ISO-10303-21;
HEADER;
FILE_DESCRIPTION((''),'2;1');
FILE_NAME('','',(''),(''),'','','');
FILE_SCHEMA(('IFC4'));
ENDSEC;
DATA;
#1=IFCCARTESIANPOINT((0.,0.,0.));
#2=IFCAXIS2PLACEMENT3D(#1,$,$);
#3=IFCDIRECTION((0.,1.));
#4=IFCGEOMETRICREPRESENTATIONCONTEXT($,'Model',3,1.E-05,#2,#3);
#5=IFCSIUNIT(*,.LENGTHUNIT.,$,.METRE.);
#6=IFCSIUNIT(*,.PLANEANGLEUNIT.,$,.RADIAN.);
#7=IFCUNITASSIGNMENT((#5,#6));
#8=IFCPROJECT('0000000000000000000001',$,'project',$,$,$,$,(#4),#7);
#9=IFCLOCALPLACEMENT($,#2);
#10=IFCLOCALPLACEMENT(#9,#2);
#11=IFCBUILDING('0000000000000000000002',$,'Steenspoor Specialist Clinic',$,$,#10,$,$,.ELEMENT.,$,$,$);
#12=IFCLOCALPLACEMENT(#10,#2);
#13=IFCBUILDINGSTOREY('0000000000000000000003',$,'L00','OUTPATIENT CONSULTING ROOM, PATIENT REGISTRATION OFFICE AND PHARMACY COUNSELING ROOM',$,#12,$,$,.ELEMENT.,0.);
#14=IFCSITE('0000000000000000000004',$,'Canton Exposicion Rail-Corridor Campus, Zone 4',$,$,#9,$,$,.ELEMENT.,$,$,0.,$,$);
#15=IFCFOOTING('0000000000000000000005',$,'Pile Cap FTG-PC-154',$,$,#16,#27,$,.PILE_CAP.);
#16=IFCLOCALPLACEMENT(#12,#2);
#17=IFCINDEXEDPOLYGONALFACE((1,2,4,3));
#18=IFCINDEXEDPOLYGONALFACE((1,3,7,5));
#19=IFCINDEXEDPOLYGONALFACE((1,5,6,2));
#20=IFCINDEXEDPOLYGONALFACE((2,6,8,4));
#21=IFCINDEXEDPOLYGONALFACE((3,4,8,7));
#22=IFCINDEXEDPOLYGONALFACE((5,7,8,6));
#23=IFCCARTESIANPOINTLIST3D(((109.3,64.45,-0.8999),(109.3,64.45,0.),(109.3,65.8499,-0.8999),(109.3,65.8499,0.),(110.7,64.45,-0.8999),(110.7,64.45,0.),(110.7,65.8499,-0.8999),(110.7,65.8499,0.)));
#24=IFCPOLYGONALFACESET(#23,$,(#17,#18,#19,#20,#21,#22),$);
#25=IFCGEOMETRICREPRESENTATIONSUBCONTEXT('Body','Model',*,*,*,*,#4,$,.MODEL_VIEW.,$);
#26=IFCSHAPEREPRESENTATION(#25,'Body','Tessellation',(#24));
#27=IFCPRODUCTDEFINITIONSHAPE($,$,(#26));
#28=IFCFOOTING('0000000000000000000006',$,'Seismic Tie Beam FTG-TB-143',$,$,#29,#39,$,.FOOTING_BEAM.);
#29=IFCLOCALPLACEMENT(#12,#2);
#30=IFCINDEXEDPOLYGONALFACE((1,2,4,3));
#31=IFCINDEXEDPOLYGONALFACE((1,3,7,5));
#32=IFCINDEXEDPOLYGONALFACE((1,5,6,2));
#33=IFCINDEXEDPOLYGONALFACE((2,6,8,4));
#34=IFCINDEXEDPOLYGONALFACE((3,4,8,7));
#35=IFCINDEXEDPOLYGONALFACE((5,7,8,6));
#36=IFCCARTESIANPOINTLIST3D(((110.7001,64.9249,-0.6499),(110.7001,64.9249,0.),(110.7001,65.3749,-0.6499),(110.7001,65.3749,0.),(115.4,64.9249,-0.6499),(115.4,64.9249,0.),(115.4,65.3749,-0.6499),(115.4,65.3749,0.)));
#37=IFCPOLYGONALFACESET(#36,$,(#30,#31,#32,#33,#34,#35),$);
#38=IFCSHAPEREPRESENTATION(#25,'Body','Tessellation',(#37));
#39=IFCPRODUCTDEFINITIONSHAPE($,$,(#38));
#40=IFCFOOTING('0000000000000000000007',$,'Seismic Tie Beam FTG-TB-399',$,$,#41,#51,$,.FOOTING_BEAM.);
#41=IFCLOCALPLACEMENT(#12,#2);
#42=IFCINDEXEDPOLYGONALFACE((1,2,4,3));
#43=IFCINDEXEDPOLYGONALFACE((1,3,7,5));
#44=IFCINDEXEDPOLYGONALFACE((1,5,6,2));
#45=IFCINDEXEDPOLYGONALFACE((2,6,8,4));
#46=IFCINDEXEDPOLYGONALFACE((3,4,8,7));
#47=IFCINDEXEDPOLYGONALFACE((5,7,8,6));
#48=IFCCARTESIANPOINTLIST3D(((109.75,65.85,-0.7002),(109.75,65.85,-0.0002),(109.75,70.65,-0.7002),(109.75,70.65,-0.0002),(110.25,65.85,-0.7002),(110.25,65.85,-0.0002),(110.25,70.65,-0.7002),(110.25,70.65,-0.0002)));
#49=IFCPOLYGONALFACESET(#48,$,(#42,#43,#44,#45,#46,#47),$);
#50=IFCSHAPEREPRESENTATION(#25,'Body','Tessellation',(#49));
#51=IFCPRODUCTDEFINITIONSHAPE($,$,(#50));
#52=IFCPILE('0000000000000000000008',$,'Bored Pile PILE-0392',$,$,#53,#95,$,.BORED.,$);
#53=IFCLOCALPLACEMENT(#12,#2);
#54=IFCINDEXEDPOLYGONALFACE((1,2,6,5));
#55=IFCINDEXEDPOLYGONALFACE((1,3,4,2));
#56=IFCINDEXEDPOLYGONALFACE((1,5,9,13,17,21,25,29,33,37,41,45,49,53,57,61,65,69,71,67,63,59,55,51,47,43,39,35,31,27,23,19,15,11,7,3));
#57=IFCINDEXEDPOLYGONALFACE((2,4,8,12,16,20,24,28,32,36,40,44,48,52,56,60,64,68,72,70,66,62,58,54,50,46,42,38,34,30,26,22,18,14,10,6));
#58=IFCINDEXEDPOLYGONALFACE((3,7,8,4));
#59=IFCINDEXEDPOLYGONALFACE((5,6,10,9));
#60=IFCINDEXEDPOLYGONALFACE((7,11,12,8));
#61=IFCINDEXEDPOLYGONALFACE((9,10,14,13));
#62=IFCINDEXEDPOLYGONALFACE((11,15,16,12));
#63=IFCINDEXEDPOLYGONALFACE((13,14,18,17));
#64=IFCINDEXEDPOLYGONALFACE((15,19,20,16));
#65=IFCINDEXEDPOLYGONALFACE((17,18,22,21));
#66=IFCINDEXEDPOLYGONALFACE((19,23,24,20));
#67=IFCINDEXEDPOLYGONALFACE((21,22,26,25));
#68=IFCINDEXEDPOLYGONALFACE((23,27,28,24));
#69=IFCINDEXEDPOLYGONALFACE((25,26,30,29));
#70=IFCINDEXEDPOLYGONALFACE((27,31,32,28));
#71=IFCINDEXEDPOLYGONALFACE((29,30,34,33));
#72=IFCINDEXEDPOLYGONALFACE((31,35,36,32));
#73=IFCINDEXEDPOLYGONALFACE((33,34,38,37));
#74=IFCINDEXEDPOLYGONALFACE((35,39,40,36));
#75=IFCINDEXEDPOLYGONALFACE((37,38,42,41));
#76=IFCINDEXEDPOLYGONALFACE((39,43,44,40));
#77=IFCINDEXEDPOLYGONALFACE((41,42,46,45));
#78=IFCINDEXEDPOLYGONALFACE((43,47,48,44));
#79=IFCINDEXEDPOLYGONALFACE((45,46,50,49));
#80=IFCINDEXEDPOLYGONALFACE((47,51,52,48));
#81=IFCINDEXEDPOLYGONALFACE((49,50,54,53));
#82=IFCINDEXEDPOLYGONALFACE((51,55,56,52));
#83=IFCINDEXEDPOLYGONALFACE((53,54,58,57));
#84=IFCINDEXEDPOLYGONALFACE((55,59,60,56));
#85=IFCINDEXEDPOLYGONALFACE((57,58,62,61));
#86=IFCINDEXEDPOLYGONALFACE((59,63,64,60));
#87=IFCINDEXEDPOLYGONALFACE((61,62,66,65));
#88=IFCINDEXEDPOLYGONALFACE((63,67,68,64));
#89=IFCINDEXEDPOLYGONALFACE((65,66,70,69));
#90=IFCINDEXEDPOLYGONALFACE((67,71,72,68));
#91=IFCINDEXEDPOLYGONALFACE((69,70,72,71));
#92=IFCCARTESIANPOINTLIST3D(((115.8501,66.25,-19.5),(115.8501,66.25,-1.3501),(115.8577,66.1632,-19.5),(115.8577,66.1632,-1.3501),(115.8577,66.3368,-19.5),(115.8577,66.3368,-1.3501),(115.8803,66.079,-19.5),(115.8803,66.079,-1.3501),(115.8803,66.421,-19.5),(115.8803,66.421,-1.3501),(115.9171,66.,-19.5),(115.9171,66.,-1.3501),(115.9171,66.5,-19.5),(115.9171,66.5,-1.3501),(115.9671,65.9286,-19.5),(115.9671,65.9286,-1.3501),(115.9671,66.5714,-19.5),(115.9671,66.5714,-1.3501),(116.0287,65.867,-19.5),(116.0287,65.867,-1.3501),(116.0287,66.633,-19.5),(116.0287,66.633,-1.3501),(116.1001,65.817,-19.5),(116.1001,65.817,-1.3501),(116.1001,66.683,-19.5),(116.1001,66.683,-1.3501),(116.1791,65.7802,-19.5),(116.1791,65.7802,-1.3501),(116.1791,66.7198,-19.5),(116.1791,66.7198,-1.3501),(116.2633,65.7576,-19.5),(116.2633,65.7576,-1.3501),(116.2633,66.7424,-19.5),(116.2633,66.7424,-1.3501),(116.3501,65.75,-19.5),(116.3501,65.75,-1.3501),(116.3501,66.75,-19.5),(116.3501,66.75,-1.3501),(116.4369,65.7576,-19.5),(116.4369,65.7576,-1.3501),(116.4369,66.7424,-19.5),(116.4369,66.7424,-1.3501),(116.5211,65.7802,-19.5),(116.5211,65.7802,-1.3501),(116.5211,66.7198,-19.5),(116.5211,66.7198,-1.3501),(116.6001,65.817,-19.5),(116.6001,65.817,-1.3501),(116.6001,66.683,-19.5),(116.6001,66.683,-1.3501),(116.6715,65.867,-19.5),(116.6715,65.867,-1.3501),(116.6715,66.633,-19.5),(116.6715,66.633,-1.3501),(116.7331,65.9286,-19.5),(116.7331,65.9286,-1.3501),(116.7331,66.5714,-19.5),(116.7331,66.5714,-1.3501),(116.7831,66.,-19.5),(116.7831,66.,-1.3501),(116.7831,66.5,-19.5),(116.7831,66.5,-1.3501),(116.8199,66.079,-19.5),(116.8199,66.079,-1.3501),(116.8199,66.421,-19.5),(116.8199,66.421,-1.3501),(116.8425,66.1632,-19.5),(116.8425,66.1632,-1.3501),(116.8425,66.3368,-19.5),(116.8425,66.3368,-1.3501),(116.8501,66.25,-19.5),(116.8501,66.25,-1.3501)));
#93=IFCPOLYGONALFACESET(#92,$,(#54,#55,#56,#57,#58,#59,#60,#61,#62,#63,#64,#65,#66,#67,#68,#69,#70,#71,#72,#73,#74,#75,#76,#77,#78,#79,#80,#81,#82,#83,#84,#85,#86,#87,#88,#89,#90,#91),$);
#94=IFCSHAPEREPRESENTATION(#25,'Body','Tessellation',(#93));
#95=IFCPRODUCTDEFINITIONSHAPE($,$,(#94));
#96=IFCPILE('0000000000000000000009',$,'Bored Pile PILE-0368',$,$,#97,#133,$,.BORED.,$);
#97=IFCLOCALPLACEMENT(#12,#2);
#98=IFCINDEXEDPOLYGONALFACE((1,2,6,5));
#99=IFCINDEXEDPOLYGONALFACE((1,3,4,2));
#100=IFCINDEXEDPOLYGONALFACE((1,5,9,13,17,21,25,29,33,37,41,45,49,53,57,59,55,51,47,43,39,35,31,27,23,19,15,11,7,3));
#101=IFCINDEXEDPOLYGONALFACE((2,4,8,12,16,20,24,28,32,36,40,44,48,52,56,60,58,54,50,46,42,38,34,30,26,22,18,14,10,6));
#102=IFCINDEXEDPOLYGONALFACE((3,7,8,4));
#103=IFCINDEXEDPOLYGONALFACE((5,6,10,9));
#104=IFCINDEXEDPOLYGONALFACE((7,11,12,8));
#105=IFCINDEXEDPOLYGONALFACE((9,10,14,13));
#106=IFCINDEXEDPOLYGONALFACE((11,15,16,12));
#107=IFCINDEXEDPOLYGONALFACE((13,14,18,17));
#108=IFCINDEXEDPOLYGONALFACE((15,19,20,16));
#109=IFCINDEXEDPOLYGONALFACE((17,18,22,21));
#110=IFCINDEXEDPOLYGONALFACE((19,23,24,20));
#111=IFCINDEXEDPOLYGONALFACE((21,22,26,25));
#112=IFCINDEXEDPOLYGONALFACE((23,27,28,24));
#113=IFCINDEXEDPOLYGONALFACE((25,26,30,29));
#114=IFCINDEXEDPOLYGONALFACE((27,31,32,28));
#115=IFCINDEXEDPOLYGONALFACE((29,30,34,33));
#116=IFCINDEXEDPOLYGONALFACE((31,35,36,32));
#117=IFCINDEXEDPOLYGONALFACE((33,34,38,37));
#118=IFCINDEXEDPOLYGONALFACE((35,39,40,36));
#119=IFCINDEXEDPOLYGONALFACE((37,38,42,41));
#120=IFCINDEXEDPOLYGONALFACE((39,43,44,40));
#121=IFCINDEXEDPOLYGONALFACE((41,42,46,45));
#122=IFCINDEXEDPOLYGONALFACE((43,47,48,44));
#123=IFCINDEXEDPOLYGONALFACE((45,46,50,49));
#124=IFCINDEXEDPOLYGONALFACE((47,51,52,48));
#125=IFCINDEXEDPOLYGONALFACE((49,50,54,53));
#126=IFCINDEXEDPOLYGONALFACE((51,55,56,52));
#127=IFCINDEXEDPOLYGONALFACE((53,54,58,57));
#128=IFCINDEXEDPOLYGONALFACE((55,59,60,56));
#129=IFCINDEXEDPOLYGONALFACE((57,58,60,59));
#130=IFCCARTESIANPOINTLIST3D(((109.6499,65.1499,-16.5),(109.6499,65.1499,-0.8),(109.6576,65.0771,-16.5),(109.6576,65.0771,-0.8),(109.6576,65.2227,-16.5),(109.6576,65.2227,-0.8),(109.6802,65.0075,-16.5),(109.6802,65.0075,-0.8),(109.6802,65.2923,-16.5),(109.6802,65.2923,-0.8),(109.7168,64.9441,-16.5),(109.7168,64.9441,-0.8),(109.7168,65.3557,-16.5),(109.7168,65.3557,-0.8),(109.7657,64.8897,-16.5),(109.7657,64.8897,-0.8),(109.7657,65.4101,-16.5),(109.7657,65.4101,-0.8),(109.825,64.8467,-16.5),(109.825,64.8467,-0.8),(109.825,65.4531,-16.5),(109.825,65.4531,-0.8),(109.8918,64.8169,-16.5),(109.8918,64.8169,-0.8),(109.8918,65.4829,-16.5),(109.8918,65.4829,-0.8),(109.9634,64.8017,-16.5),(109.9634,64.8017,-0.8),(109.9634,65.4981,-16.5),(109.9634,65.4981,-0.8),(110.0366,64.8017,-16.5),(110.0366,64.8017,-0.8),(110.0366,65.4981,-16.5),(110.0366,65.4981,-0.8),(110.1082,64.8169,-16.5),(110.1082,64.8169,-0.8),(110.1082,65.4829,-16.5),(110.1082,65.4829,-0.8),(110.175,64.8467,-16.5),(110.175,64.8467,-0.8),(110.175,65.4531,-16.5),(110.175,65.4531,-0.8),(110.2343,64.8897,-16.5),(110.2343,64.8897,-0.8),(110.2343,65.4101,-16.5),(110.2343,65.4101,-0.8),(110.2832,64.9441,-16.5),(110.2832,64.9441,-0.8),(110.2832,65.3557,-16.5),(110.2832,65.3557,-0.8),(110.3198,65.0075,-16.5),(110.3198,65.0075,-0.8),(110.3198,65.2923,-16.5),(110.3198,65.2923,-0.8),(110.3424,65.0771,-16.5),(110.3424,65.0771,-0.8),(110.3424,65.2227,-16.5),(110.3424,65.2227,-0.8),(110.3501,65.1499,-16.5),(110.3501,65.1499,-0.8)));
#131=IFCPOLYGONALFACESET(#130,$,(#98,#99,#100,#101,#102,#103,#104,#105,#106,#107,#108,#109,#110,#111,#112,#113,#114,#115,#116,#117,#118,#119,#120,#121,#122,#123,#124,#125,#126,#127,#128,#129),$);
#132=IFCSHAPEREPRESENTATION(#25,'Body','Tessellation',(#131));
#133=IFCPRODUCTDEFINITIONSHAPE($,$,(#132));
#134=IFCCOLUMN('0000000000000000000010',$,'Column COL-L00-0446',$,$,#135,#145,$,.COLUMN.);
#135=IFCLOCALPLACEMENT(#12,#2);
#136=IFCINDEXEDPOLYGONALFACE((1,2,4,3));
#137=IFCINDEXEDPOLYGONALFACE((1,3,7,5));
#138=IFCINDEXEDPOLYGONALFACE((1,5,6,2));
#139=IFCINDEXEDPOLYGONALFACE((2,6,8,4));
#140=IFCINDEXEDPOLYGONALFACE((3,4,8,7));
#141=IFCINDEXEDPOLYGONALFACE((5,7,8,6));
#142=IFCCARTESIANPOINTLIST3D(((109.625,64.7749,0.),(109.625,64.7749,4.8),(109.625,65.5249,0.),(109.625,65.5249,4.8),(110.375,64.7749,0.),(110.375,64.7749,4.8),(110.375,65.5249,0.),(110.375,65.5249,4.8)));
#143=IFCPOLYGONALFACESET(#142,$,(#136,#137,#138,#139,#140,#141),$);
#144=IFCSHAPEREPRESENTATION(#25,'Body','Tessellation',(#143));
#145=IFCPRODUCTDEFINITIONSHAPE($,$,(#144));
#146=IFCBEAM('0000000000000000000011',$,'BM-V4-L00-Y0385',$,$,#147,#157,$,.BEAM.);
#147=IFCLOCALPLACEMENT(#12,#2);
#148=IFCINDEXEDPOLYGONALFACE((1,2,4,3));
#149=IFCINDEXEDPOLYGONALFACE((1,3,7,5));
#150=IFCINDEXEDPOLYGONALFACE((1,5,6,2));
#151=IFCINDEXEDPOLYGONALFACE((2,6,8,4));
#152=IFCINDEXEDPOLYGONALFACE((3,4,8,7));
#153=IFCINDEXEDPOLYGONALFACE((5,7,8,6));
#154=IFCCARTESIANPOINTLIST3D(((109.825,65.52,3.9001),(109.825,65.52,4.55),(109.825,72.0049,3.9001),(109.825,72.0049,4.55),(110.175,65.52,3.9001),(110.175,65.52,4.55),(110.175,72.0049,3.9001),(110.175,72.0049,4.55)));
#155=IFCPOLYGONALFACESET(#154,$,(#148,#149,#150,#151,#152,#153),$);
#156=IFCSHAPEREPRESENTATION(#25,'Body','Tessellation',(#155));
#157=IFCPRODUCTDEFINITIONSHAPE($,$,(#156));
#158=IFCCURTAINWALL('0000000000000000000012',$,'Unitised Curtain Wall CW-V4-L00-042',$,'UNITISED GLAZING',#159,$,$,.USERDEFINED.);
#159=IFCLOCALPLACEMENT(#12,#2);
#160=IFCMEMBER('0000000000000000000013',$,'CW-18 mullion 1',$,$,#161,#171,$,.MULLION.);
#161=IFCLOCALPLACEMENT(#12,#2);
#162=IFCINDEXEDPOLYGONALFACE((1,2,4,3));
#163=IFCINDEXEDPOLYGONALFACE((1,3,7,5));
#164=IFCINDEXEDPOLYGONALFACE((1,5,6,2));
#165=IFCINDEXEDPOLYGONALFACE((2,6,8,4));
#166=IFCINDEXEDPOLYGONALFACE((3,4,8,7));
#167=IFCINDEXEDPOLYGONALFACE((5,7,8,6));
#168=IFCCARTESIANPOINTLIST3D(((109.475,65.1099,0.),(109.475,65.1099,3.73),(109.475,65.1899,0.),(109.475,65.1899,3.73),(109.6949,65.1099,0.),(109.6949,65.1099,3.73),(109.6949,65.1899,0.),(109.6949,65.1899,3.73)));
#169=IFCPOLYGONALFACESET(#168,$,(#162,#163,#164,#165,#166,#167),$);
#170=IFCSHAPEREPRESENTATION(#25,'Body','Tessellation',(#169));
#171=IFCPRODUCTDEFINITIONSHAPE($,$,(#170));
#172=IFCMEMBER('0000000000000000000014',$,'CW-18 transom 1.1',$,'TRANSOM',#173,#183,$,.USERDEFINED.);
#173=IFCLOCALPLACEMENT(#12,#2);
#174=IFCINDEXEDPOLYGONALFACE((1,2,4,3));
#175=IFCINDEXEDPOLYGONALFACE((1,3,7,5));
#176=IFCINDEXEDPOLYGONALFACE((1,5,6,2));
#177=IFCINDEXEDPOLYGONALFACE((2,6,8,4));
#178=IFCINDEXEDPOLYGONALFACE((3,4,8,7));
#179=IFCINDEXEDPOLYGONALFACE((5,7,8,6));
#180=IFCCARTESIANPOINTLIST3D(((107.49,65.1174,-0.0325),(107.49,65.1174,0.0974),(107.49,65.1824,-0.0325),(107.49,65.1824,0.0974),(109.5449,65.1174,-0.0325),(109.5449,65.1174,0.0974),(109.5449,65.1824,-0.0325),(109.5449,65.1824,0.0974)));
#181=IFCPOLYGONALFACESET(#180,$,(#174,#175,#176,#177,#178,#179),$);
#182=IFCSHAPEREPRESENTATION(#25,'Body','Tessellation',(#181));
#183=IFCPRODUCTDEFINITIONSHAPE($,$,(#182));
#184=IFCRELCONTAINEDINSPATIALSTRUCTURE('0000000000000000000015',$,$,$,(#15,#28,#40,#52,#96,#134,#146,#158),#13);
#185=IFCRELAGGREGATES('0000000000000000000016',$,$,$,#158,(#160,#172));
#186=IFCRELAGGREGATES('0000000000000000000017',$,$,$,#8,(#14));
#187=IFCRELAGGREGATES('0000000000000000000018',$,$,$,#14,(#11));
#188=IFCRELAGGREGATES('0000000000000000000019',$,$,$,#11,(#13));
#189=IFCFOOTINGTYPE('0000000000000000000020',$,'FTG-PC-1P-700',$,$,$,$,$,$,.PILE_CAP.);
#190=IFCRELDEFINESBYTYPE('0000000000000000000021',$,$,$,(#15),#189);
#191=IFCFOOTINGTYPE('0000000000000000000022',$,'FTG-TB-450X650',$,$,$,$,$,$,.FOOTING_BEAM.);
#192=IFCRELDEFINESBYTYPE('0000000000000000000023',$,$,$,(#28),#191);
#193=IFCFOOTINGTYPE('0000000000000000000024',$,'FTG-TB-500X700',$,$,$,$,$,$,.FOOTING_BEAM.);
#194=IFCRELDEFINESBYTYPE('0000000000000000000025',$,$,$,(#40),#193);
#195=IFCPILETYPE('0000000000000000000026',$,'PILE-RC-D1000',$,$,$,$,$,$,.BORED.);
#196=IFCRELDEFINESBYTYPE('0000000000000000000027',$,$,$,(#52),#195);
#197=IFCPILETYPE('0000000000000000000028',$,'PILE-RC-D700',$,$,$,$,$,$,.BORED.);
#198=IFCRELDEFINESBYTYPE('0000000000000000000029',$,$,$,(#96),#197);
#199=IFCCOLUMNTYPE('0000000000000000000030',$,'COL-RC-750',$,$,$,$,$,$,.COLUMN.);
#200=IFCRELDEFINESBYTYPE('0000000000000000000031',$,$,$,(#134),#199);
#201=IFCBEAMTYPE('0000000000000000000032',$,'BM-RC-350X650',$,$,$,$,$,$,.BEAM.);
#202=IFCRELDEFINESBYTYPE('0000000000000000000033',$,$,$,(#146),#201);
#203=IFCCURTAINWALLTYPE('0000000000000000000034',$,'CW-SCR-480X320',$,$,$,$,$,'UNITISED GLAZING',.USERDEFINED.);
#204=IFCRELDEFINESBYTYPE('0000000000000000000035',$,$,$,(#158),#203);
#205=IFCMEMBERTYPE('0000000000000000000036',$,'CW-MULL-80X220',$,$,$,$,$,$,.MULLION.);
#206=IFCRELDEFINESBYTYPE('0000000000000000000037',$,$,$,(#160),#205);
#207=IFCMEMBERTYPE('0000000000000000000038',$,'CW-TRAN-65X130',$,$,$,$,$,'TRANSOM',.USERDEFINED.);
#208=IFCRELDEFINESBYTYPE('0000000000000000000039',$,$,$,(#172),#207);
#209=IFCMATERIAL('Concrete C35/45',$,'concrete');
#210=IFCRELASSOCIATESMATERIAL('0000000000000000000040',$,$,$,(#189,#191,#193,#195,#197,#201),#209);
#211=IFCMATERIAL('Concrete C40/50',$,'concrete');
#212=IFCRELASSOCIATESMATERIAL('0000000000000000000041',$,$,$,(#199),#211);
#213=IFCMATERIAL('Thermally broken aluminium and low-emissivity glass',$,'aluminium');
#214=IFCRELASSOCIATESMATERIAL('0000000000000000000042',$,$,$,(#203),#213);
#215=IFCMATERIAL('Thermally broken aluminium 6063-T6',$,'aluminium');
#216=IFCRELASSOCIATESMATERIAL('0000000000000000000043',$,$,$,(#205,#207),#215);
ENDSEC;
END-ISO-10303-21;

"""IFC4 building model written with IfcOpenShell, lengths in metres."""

from ifc_helpers import new_model, si_unit, direction, frame, origin, origin_2d, place, context, subcontext, project, spatial, rectangle, circle, extrude, material, material_profile, profile_set, type_object, element, aggregate, save


model = new_model("IFC4")

# Units and contexts
model_context = context("Model", 3, precision=1e-05, world=origin(), true_north=direction((0.0, 1.0)))
body_context = subcontext(model_context, "Body", "Model", "MODEL_VIEW")
ifc_project = project(units=[si_unit("LENGTHUNIT", "METRE"), si_unit("PLANEANGLEUNIT", "RADIAN")], contexts=[model_context])

# Site, building, storey
site_placement = place(None, origin())
site = spatial("IfcSite", under=ifc_project, at=site_placement, Name="Canton Exposicion Rail-Corridor Campus, Zone 4", CompositionType="ELEMENT", RefElevation=0.0)
building_placement = place(site_placement, origin())
building = spatial("IfcBuilding", under=site, at=building_placement, Name="Steenspoor Specialist Clinic", CompositionType="ELEMENT")
storey_placement = place(building_placement, origin())
storey = spatial("IfcBuildingStorey", under=building, at=storey_placement, Name="L00", Description="OUTPATIENT CONSULTING ROOM, PATIENT REGISTRATION OFFICE AND PHARMACY COUNSELING ROOM", CompositionType="ELEMENT", Elevation=0.0)

# Footings
ifc_material_1 = material(Name="Concrete C35/45", Category="concrete")
footing_type_1 = type_object("IfcFootingType", Name="FTG-PC-1P-700", PredefinedType="PILE_CAP", material=ifc_material_1)
footing_1_placement = place(storey_placement, frame((110.0, 65.1499, -0.8999), z_axis=(0.0, 0.0, 1.0), x_axis=(1.0, 0.0, 0.0)))
element("IfcFooting", 1, at=footing_1_placement, inside=storey, type_object=footing_type_1, Name="Pile Cap FTG-PC-154", PredefinedType="PILE_CAP", context=body_context, shape_type="SweptSolid", body=[
    extrude(rectangle(XDim=1.3999, YDim=1.3999, at=origin_2d()), origin(), (0.0, 0.0, 1.0), 0.8999),
])
footing_type_2 = type_object("IfcFootingType", Name="FTG-TB-450X650", PredefinedType="FOOTING_BEAM", material=ifc_material_1)
footing_2_placement = place(storey_placement, frame((113.05, 65.1499, -0.6499), z_axis=(0.0, 0.0, 1.0), x_axis=(1.0, 0.0, 0.0)))
element("IfcFooting", 2, at=footing_2_placement, inside=storey, type_object=footing_type_2, Name="Seismic Tie Beam FTG-TB-143", PredefinedType="FOOTING_BEAM", context=body_context, shape_type="SweptSolid", body=[
    extrude(rectangle(XDim=4.7, YDim=0.45, at=origin_2d()), origin(), (0.0, 0.0, 1.0), 0.6499),
])
footing_type_3 = type_object("IfcFootingType", Name="FTG-TB-500X700", PredefinedType="FOOTING_BEAM", material=ifc_material_1)
footing_3_placement = place(storey_placement, frame((110.0, 68.25, -0.7002), z_axis=(0.0, 0.0, 1.0), x_axis=(1.0, 0.0, 0.0)))
element("IfcFooting", 3, at=footing_3_placement, inside=storey, type_object=footing_type_3, Name="Seismic Tie Beam FTG-TB-399", PredefinedType="FOOTING_BEAM", context=body_context, shape_type="SweptSolid", body=[
    extrude(rectangle(XDim=0.5, YDim=4.8, at=origin_2d()), origin(), (0.0, 0.0, 1.0), 0.7),
])

# Piles
ifc_material_profile_1 = material_profile(ifc_material_1, circle(Radius=0.5, at=origin_2d()), Name="PILE-D1000")
ifc_profile_set_1 = profile_set([ifc_material_profile_1], Name="Concrete C35/45")
pile_type_1 = type_object("IfcPileType", Name="PILE-RC-D1000", PredefinedType="BORED", material=ifc_profile_set_1)
pile_1_placement = place(storey_placement, frame((116.3501, 66.25, -1.3501), z_axis=(0.0, 0.0, -1.0), x_axis=(1.0, 0.0, 0.0)))
element("IfcPile", 4, at=pile_1_placement, inside=storey, type_object=pile_type_1, Name="Bored Pile PILE-0392", PredefinedType="BORED", context=body_context, shape_type="SweptSolid", body=[
    extrude(circle(Radius=0.5, at=origin_2d()), origin(), (0.0, 0.0, 1.0), 18.1499),
])
ifc_material_profile_2 = material_profile(ifc_material_1, circle(Radius=0.3501, at=origin_2d()), Name="PILE-D700")
ifc_profile_set_2 = profile_set([ifc_material_profile_2], Name="Concrete C35/45")
pile_type_2 = type_object("IfcPileType", Name="PILE-RC-D700", PredefinedType="BORED", material=ifc_profile_set_2)
pile_2_placement = place(storey_placement, frame((110.0, 65.1499, -0.8), z_axis=(0.0, 0.0, -1.0), x_axis=(1.0, 0.0, 0.0)))
element("IfcPile", 5, at=pile_2_placement, inside=storey, type_object=pile_type_2, Name="Bored Pile PILE-0368", PredefinedType="BORED", context=body_context, shape_type="SweptSolid", body=[
    extrude(circle(Radius=0.3501, at=origin_2d()), origin(), (0.0, 0.0, 1.0), 15.7),
])

# Column
ifc_material_2 = material(Name="Concrete C40/50", Category="concrete")
ifc_material_profile_3 = material_profile(ifc_material_2, rectangle(XDim=0.75, YDim=0.75, at=origin_2d()), Name="RC-COL-750X750")
ifc_profile_set_3 = profile_set([ifc_material_profile_3], Name="Concrete C40/50")
column_type = type_object("IfcColumnType", Name="COL-RC-750", PredefinedType="COLUMN", material=ifc_profile_set_3)
column_placement = place(storey_placement, frame((110.0, 65.1499, 0.0), z_axis=(0.0, 0.0, 1.0), x_axis=(1.0, 0.0, 0.0)))
element("IfcColumn", 6, at=column_placement, inside=storey, type_object=column_type, Name="Column COL-L00-0446", PredefinedType="COLUMN", context=body_context, shape_type="SweptSolid", body=[
    extrude(rectangle(XDim=0.75, YDim=0.75, at=origin_2d()), origin(), (0.0, 0.0, 1.0), 4.8),
])

# Beam
ifc_material_profile_4 = material_profile(ifc_material_1, rectangle(XDim=0.3501, YDim=0.6499, at=origin_2d()), Name="RC-BM-350X650")
ifc_profile_set_4 = profile_set([ifc_material_profile_4], Name="Concrete C35/45")
beam_type_1 = type_object("IfcBeamType", Name="BM-RC-350X650", PredefinedType="BEAM", material=ifc_profile_set_4)
beam_1_placement = place(storey_placement, frame((110.0, 65.52, 4.2251), z_axis=(0.0, 1.0, 0.0), x_axis=(-1.0, 0.0, 0.0)))
element("IfcBeam", 7, at=beam_1_placement, inside=storey, type_object=beam_type_1, Name="BM-V4-L00-Y0385", PredefinedType="BEAM", context=body_context, shape_type="SweptSolid", body=[
    extrude(rectangle(XDim=0.3501, YDim=0.6499, at=origin_2d()), origin(), (0.0, 0.0, 1.0), 6.4849),
])

# Curtain wall, members
ifc_material_3 = material(Name="Thermally broken aluminium and low-emissivity glass", Category="aluminium")
curtain_wall_type = type_object("IfcCurtainWallType", Name="CW-SCR-480X320", ElementType="UNITISED GLAZING", PredefinedType="USERDEFINED", material=ifc_material_3)
curtain_wall_placement = place(storey_placement, origin())
curtain_wall = element("IfcCurtainWall", 8, at=curtain_wall_placement, inside=storey, type_object=curtain_wall_type, Name="Unitised Curtain Wall CW-V4-L00-042", ObjectType="UNITISED GLAZING", PredefinedType="USERDEFINED")
ifc_material_4 = material(Name="Thermally broken aluminium 6063-T6", Category="aluminium")
ifc_material_profile_5 = material_profile(ifc_material_4, rectangle(XDim=0.0801, YDim=0.22, at=origin_2d()), Name="CWM-80X220")
ifc_profile_set_5 = profile_set([ifc_material_profile_5], Name="Thermally broken aluminium 6063-T6")
member_type_1 = type_object("IfcMemberType", Name="CW-MULL-80X220", PredefinedType="MULLION", material=ifc_profile_set_5)
member_1_placement = place(storey_placement, frame((109.585, 65.1499, 0.0), z_axis=(0.0, 0.0, 1.0), x_axis=(0.0, -1.0, 0.0)))
member_1 = element("IfcMember", 9, at=member_1_placement, type_object=member_type_1, Name="CW-18 mullion 1", PredefinedType="MULLION", context=body_context, shape_type="SweptSolid", body=[
    extrude(rectangle(XDim=0.0801, YDim=0.22, at=origin_2d()), origin(), (0.0, 0.0, 1.0), 3.73),
])
ifc_material_profile_6 = material_profile(ifc_material_4, rectangle(XDim=0.0649, YDim=0.1299, at=origin_2d()), Name="CWT-65X130")
ifc_profile_set_6 = profile_set([ifc_material_profile_6], Name="Thermally broken aluminium 6063-T6")
member_type_2 = type_object("IfcMemberType", Name="CW-TRAN-65X130", ElementType="TRANSOM", PredefinedType="USERDEFINED", material=ifc_profile_set_6)
member_2_placement = place(storey_placement, frame((109.5449, 65.1499, 0.0325), z_axis=(-1.0, 0.0, 0.0), x_axis=(0.0, -1.0, 0.0)))
member_2 = element("IfcMember", 10, at=member_2_placement, type_object=member_type_2, Name="CW-18 transom 1.1", ObjectType="TRANSOM", PredefinedType="USERDEFINED", context=body_context, shape_type="SweptSolid", body=[
    extrude(rectangle(XDim=0.0649, YDim=0.1299, at=origin_2d()), origin(), (0.0, 0.0, 1.0), 2.0549),
])
aggregate(curtain_wall, [member_1, member_2])

save(model, "model.ifc")
